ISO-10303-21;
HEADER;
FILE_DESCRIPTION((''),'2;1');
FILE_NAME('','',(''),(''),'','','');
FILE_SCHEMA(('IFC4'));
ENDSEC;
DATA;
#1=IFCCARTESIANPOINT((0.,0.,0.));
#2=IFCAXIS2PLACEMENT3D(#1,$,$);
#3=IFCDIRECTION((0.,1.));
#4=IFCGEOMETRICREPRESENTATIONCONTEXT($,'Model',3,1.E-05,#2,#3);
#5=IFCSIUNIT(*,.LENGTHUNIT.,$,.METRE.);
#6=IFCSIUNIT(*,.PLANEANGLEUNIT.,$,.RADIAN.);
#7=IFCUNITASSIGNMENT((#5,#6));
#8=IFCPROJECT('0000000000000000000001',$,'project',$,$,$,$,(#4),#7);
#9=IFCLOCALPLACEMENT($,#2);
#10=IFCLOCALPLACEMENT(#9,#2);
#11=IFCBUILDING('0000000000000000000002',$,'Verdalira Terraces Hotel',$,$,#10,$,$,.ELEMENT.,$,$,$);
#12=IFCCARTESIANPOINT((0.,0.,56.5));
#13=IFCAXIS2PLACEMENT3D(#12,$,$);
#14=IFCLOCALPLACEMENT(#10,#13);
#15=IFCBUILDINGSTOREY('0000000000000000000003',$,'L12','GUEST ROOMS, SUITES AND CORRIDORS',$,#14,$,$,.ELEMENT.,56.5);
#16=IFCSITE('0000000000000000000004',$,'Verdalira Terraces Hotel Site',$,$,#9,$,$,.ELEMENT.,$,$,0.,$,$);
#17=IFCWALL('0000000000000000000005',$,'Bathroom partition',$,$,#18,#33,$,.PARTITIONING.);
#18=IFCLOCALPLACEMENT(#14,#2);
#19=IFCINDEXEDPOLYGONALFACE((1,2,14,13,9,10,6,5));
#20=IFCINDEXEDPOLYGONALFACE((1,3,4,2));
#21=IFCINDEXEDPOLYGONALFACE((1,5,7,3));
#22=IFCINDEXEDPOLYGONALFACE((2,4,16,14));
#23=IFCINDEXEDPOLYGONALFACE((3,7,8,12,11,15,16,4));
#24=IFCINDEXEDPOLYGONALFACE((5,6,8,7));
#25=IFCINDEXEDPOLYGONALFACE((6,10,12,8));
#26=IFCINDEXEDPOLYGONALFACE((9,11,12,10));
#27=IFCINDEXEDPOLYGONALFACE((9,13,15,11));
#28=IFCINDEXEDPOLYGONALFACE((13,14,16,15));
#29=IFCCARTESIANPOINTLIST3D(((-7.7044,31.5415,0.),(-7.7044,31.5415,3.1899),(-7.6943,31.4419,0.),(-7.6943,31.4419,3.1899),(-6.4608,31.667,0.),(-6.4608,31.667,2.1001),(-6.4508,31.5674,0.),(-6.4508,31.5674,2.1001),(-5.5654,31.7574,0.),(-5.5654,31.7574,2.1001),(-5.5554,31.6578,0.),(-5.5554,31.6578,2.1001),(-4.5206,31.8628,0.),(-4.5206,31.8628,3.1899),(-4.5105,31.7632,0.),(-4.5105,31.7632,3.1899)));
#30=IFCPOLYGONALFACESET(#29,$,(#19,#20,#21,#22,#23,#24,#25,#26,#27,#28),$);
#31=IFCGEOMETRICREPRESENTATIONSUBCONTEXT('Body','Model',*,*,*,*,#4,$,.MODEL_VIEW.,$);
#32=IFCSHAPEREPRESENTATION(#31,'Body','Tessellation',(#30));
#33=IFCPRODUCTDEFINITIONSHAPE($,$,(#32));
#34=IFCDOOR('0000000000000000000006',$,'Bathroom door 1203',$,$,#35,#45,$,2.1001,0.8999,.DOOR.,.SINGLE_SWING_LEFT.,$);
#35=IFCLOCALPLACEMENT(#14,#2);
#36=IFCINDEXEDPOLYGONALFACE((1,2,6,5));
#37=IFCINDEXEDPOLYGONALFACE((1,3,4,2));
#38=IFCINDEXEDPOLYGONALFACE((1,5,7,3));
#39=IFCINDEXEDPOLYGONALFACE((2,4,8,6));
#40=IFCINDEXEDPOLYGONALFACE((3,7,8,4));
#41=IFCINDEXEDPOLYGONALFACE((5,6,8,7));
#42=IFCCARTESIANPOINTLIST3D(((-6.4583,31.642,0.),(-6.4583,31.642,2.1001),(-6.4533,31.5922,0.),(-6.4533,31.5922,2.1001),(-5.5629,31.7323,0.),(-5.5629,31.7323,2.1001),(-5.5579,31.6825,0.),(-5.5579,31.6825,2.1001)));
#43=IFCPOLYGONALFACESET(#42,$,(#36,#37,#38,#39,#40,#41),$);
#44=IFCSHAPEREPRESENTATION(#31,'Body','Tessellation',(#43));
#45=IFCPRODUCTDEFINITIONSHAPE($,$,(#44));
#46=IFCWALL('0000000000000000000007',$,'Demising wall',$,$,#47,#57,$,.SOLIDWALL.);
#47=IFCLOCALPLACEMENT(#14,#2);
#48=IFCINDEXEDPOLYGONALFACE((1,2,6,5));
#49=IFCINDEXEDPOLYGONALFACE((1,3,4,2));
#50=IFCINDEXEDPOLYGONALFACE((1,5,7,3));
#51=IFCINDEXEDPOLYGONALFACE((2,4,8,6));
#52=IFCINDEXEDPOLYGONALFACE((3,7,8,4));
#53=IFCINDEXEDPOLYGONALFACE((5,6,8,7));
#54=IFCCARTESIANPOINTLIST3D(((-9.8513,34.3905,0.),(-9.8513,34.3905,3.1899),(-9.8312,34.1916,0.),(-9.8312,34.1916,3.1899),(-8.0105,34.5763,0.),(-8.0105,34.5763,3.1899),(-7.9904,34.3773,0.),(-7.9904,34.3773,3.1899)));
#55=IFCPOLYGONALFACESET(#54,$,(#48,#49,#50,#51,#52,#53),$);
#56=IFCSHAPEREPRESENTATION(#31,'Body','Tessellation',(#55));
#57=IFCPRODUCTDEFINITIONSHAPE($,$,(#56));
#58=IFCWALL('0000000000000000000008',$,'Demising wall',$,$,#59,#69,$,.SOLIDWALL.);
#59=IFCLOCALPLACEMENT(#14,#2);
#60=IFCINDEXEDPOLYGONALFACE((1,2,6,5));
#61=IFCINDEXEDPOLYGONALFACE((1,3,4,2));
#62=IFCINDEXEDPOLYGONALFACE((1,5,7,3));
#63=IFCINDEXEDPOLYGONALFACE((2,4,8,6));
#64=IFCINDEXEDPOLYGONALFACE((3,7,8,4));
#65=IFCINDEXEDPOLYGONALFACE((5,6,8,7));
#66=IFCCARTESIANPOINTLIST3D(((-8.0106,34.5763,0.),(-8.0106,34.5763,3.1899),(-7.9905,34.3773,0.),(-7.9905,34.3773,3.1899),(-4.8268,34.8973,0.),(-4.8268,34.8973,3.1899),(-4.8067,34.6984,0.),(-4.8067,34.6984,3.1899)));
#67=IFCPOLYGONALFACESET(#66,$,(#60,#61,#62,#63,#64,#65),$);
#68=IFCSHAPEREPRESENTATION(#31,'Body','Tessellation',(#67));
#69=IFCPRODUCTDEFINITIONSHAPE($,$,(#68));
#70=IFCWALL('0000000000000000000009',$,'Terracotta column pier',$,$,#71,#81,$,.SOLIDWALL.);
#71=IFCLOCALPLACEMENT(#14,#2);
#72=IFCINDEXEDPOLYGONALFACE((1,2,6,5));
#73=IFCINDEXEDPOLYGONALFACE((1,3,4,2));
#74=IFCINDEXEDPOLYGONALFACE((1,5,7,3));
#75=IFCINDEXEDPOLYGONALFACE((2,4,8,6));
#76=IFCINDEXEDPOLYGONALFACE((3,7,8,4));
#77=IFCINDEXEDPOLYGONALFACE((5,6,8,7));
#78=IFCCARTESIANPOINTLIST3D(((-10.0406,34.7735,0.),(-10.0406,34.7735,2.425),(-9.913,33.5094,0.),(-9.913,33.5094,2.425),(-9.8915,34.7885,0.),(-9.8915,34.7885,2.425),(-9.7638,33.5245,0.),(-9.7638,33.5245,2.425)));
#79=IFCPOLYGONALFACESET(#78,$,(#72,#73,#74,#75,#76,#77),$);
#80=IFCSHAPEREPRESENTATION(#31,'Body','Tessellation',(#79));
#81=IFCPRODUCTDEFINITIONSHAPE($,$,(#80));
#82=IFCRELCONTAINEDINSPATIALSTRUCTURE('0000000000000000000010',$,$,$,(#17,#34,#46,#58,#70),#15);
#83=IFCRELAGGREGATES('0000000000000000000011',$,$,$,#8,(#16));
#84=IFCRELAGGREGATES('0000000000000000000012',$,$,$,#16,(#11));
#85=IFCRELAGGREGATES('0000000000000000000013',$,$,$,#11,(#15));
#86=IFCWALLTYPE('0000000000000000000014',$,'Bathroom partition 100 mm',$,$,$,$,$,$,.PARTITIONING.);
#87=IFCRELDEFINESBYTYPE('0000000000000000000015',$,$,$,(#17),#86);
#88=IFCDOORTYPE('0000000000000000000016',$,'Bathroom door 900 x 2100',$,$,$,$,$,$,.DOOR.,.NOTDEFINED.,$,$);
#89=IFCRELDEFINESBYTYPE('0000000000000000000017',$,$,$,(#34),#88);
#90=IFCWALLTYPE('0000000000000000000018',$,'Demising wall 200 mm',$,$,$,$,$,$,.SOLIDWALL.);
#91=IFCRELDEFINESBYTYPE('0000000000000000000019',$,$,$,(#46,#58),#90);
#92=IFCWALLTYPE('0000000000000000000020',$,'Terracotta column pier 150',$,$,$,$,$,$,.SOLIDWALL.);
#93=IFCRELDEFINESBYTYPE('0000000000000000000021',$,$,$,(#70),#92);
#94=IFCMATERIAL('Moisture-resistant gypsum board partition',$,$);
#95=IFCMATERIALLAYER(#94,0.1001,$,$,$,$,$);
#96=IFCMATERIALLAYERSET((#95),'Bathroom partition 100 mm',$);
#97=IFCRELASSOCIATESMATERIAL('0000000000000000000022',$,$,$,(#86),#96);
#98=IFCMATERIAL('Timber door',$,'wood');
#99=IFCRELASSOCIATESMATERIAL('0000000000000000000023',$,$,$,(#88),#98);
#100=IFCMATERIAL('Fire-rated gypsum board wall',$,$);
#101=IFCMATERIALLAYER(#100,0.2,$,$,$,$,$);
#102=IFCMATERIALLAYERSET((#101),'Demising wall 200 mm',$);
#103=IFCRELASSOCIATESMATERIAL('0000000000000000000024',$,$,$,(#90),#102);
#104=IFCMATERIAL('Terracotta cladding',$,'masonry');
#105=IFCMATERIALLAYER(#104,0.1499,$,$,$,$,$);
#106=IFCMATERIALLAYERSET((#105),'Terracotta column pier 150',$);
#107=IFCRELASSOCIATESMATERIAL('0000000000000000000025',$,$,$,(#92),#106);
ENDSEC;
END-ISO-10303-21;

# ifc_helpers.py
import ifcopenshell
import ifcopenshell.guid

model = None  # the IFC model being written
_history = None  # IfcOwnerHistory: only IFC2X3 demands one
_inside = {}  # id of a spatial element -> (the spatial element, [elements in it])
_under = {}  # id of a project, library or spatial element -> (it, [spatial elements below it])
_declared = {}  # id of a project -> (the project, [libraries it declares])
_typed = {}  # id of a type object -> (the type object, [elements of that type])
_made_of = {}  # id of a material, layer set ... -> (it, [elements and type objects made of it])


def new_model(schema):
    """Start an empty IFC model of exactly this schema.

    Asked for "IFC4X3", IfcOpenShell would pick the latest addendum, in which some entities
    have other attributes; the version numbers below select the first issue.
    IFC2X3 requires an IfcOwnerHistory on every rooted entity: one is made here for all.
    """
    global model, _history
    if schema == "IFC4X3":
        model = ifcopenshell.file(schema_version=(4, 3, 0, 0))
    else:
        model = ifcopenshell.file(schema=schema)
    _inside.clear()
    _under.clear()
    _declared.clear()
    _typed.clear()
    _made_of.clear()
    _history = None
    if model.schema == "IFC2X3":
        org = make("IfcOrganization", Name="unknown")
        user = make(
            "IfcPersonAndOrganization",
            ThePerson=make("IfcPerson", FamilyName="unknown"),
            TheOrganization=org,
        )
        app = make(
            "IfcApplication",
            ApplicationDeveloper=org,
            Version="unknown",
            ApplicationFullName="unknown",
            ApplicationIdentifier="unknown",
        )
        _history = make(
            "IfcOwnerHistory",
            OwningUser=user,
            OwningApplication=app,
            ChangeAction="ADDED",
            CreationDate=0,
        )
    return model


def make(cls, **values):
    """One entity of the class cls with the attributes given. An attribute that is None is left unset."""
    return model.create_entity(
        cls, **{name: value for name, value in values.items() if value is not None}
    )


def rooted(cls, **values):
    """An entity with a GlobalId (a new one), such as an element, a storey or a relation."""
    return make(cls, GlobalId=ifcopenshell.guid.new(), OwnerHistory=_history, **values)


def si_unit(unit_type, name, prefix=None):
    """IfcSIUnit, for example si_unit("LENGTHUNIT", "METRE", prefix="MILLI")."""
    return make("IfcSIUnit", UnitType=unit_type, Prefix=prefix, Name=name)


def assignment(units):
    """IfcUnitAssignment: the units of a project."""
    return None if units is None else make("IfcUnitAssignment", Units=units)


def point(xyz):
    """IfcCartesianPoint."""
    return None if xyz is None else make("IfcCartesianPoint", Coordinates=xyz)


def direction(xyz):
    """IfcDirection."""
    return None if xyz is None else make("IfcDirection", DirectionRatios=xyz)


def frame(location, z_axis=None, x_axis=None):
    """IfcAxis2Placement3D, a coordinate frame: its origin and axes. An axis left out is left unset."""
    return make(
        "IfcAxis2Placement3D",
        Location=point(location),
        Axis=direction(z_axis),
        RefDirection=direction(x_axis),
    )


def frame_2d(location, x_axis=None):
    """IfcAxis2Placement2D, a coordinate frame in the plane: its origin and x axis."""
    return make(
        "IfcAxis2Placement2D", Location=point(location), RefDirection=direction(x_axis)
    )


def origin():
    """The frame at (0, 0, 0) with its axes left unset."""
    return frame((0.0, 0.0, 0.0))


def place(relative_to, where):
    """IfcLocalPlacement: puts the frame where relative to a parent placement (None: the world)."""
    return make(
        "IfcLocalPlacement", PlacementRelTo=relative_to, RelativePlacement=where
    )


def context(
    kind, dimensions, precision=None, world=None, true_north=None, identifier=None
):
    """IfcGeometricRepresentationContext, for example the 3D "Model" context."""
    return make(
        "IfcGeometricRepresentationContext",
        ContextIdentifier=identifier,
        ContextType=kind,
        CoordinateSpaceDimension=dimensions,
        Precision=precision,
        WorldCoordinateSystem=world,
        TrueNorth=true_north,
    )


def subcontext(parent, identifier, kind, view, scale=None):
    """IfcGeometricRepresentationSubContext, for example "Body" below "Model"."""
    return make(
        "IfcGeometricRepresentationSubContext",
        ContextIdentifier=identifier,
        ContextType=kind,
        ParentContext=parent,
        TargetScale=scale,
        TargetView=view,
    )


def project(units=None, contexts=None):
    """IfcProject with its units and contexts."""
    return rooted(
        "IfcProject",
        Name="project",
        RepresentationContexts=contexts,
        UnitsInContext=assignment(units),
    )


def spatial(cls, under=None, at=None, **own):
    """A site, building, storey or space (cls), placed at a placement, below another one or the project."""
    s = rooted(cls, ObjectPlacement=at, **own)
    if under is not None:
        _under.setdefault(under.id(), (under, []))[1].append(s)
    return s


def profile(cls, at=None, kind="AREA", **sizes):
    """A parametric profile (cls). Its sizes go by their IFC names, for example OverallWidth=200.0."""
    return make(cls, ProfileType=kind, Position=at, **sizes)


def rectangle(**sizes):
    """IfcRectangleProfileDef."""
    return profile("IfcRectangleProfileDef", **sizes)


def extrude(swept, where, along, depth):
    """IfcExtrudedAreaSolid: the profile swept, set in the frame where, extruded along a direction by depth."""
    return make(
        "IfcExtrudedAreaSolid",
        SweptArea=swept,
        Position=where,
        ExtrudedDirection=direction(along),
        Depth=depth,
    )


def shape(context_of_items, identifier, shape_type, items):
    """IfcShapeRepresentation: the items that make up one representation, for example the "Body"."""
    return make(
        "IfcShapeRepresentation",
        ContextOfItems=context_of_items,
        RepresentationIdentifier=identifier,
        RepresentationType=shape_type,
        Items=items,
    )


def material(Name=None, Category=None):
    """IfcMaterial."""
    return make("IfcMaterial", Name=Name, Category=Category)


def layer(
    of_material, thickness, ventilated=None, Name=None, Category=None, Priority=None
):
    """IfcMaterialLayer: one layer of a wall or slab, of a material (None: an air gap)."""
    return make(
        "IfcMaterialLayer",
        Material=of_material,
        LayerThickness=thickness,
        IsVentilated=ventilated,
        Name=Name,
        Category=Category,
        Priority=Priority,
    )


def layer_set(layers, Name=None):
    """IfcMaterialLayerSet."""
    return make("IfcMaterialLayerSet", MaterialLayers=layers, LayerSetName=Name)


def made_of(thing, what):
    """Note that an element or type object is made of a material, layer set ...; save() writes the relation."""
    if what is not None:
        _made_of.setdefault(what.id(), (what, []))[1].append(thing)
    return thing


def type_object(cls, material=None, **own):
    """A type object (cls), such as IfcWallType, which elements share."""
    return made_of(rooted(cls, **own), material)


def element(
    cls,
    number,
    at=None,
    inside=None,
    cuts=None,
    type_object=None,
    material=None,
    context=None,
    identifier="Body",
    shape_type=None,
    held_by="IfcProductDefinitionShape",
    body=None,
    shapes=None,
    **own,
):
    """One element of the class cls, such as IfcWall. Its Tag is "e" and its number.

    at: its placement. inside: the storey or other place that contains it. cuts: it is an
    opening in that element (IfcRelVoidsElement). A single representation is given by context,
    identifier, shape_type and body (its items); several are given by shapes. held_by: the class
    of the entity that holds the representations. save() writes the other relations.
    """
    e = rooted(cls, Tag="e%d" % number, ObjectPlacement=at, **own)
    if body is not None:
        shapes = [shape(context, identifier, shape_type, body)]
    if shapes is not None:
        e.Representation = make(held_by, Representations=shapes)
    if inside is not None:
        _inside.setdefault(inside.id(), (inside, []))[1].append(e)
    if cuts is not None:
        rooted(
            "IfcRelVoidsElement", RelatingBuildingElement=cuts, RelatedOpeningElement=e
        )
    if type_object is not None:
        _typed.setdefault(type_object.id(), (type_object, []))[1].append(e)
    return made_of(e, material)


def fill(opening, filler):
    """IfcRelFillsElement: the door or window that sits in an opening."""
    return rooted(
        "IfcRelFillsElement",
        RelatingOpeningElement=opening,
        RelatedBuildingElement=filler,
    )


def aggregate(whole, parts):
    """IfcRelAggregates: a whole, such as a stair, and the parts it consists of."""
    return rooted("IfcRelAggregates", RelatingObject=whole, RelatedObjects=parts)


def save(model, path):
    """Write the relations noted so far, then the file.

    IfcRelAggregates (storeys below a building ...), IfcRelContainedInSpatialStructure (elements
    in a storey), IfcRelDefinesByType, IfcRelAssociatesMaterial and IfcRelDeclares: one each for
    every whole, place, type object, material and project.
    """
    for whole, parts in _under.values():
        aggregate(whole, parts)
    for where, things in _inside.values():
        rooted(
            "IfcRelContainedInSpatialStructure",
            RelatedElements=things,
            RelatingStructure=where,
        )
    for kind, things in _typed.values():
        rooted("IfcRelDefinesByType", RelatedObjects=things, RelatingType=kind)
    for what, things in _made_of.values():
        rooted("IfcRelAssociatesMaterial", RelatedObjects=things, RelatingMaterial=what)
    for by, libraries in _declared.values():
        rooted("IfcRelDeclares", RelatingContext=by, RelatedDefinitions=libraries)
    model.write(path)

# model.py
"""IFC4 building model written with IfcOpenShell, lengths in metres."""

from ifc_helpers import new_model, si_unit, direction, frame, frame_2d, origin, place, context, subcontext, project, spatial, rectangle, extrude, material, layer, layer_set, type_object, element, fill, save


model = new_model("IFC4")

# Units and contexts
model_context = context("Model", 3, precision=1e-05, world=origin(), true_north=direction((0.0, 1.0)))
body_context = subcontext(model_context, "Body", "Model", "MODEL_VIEW")
ifc_project = project(units=[si_unit("LENGTHUNIT", "METRE"), si_unit("PLANEANGLEUNIT", "RADIAN")], contexts=[model_context])

# Site, building, storey
site_placement = place(None, origin())
site = spatial("IfcSite", under=ifc_project, at=site_placement, Name="Verdalira Terraces Hotel Site", CompositionType="ELEMENT", RefElevation=0.0)
building_placement = place(site_placement, origin())
building = spatial("IfcBuilding", under=site, at=building_placement, Name="Verdalira Terraces Hotel", CompositionType="ELEMENT")
storey_placement = place(building_placement, frame((0.0, 0.0, 56.5)))
storey = spatial("IfcBuildingStorey", under=building, at=storey_placement, Name="L12", Description="GUEST ROOMS, SUITES AND CORRIDORS", CompositionType="ELEMENT", Elevation=56.5)

# Shared definitions
ifc_material_1 = material(Name="Moisture-resistant gypsum board partition")
ifc_layer_1 = layer(ifc_material_1, 0.1001)
ifc_layer_set_1 = layer_set([ifc_layer_1], Name="Bathroom partition 100 mm")
wall_type_1 = type_object("IfcWallType", Name="Bathroom partition 100 mm", PredefinedType="PARTITIONING", material=ifc_layer_set_1)

# Wall, opening, door
wall_1_placement = place(storey_placement, frame((-7.6995, 31.4917, 0.0), z_axis=(0.0, 0.0, 1.0), x_axis=(0.994947, 0.100403, 0.0)))
wall_1 = element("IfcWall", 1, at=wall_1_placement, inside=storey, type_object=wall_type_1, Name="Bathroom partition", PredefinedType="PARTITIONING", context=body_context, shape_type="SweptSolid", body=[
    extrude(rectangle(XDim=3.2, YDim=0.1001, at=frame_2d((1.6001, 0.0))), origin(), (0.0, 0.0, 1.0), 3.1899),
])
opening_1_placement = place(wall_1_placement, frame((1.25, 0.0, 0.0)))
opening_1 = element("IfcOpeningElement", 2, at=opening_1_placement, cuts=wall_1, PredefinedType="OPENING", context=body_context, shape_type="SweptSolid", body=[
    extrude(rectangle(XDim=0.8999, YDim=2.1001, at=frame_2d((0.45, 1.05))), frame((0.0, 0.0601, 0.0), z_axis=(0.0, -1.0, 0.0), x_axis=(1.0, 0.0, 0.0)), (0.0, 0.0, 1.0), 0.1201),
])
ifc_material_2 = material(Name="Timber door", Category="wood")
door_type_1 = type_object("IfcDoorType", Name="Bathroom door 900 x 2100", OperationType="NOTDEFINED", PredefinedType="DOOR", material=ifc_material_2)
door_1_placement = place(opening_1_placement, origin())
door_1 = element("IfcDoor", 3, at=door_1_placement, inside=storey, type_object=door_type_1, Name="Bathroom door 1203", OperationType="SINGLE_SWING_LEFT", OverallHeight=2.1001, OverallWidth=0.8999, PredefinedType="DOOR", context=body_context, shape_type="SweptSolid", body=[
    extrude(rectangle(XDim=0.8999, YDim=2.1001, at=frame_2d((0.45, 1.05))), frame((0.0, 0.0249, 0.0), z_axis=(0.0, -1.0, 0.0), x_axis=(1.0, 0.0, 0.0)), (0.0, 0.0, 1.0), 0.05),
])
fill(opening_1, door_1)

# Walls
ifc_material_3 = material(Name="Fire-rated gypsum board wall")
ifc_layer_2 = layer(ifc_material_3, 0.2)
ifc_layer_set_2 = layer_set([ifc_layer_2], Name="Demising wall 200 mm")
wall_type_2 = type_object("IfcWallType", Name="Demising wall 200 mm", PredefinedType="SOLIDWALL", material=ifc_layer_set_2)
wall_2_placement = place(storey_placement, frame((-8.0005, 34.4768, 0.0), z_axis=(0.0, 0.0, 1.0), x_axis=(-0.994945, -0.100418, 0.0)))
element("IfcWall", 4, at=wall_2_placement, inside=storey, type_object=wall_type_2, Name="Demising wall", PredefinedType="SOLIDWALL", context=body_context, shape_type="SweptSolid", body=[
    extrude(rectangle(XDim=1.8501, YDim=0.2, at=frame_2d((0.925, 0.0))), origin(), (0.0, 0.0, 1.0), 3.1899),
])
wall_3_placement = place(storey_placement, frame((-4.8167, 34.7979, 0.0), z_axis=(0.0, 0.0, 1.0), x_axis=(-0.994955, -0.100327, 0.0)))
element("IfcWall", 5, at=wall_3_placement, inside=storey, type_object=wall_type_2, Name="Demising wall", PredefinedType="SOLIDWALL", context=body_context, shape_type="SweptSolid", body=[
    extrude(rectangle(XDim=3.2, YDim=0.2, at=frame_2d((1.6001, 0.0))), origin(), (0.0, 0.0, 1.0), 3.1899),
])
ifc_material_4 = material(Name="Terracotta cladding", Category="masonry")
ifc_layer_3 = layer(ifc_material_4, 0.1499)
ifc_layer_set_3 = layer_set([ifc_layer_3], Name="Terracotta column pier 150")
wall_type_3 = type_object("IfcWallType", Name="Terracotta column pier 150", PredefinedType="SOLIDWALL", material=ifc_layer_set_3)
wall_4_placement = place(storey_placement, frame((-9.9661, 34.781, 0.0), z_axis=(0.0, 0.0, 1.0), x_axis=(0.100493, -0.994938, 0.0)))
element("IfcWall", 6, at=wall_4_placement, inside=storey, type_object=wall_type_3, Name="Terracotta column pier", PredefinedType="SOLIDWALL", context=body_context, shape_type="SweptSolid", body=[
    extrude(rectangle(XDim=1.2705, YDim=0.1499, at=frame_2d((0.6353, 0.0))), origin(), (0.0, 0.0, 1.0), 2.425),
])

save(model, "model.ifc")
